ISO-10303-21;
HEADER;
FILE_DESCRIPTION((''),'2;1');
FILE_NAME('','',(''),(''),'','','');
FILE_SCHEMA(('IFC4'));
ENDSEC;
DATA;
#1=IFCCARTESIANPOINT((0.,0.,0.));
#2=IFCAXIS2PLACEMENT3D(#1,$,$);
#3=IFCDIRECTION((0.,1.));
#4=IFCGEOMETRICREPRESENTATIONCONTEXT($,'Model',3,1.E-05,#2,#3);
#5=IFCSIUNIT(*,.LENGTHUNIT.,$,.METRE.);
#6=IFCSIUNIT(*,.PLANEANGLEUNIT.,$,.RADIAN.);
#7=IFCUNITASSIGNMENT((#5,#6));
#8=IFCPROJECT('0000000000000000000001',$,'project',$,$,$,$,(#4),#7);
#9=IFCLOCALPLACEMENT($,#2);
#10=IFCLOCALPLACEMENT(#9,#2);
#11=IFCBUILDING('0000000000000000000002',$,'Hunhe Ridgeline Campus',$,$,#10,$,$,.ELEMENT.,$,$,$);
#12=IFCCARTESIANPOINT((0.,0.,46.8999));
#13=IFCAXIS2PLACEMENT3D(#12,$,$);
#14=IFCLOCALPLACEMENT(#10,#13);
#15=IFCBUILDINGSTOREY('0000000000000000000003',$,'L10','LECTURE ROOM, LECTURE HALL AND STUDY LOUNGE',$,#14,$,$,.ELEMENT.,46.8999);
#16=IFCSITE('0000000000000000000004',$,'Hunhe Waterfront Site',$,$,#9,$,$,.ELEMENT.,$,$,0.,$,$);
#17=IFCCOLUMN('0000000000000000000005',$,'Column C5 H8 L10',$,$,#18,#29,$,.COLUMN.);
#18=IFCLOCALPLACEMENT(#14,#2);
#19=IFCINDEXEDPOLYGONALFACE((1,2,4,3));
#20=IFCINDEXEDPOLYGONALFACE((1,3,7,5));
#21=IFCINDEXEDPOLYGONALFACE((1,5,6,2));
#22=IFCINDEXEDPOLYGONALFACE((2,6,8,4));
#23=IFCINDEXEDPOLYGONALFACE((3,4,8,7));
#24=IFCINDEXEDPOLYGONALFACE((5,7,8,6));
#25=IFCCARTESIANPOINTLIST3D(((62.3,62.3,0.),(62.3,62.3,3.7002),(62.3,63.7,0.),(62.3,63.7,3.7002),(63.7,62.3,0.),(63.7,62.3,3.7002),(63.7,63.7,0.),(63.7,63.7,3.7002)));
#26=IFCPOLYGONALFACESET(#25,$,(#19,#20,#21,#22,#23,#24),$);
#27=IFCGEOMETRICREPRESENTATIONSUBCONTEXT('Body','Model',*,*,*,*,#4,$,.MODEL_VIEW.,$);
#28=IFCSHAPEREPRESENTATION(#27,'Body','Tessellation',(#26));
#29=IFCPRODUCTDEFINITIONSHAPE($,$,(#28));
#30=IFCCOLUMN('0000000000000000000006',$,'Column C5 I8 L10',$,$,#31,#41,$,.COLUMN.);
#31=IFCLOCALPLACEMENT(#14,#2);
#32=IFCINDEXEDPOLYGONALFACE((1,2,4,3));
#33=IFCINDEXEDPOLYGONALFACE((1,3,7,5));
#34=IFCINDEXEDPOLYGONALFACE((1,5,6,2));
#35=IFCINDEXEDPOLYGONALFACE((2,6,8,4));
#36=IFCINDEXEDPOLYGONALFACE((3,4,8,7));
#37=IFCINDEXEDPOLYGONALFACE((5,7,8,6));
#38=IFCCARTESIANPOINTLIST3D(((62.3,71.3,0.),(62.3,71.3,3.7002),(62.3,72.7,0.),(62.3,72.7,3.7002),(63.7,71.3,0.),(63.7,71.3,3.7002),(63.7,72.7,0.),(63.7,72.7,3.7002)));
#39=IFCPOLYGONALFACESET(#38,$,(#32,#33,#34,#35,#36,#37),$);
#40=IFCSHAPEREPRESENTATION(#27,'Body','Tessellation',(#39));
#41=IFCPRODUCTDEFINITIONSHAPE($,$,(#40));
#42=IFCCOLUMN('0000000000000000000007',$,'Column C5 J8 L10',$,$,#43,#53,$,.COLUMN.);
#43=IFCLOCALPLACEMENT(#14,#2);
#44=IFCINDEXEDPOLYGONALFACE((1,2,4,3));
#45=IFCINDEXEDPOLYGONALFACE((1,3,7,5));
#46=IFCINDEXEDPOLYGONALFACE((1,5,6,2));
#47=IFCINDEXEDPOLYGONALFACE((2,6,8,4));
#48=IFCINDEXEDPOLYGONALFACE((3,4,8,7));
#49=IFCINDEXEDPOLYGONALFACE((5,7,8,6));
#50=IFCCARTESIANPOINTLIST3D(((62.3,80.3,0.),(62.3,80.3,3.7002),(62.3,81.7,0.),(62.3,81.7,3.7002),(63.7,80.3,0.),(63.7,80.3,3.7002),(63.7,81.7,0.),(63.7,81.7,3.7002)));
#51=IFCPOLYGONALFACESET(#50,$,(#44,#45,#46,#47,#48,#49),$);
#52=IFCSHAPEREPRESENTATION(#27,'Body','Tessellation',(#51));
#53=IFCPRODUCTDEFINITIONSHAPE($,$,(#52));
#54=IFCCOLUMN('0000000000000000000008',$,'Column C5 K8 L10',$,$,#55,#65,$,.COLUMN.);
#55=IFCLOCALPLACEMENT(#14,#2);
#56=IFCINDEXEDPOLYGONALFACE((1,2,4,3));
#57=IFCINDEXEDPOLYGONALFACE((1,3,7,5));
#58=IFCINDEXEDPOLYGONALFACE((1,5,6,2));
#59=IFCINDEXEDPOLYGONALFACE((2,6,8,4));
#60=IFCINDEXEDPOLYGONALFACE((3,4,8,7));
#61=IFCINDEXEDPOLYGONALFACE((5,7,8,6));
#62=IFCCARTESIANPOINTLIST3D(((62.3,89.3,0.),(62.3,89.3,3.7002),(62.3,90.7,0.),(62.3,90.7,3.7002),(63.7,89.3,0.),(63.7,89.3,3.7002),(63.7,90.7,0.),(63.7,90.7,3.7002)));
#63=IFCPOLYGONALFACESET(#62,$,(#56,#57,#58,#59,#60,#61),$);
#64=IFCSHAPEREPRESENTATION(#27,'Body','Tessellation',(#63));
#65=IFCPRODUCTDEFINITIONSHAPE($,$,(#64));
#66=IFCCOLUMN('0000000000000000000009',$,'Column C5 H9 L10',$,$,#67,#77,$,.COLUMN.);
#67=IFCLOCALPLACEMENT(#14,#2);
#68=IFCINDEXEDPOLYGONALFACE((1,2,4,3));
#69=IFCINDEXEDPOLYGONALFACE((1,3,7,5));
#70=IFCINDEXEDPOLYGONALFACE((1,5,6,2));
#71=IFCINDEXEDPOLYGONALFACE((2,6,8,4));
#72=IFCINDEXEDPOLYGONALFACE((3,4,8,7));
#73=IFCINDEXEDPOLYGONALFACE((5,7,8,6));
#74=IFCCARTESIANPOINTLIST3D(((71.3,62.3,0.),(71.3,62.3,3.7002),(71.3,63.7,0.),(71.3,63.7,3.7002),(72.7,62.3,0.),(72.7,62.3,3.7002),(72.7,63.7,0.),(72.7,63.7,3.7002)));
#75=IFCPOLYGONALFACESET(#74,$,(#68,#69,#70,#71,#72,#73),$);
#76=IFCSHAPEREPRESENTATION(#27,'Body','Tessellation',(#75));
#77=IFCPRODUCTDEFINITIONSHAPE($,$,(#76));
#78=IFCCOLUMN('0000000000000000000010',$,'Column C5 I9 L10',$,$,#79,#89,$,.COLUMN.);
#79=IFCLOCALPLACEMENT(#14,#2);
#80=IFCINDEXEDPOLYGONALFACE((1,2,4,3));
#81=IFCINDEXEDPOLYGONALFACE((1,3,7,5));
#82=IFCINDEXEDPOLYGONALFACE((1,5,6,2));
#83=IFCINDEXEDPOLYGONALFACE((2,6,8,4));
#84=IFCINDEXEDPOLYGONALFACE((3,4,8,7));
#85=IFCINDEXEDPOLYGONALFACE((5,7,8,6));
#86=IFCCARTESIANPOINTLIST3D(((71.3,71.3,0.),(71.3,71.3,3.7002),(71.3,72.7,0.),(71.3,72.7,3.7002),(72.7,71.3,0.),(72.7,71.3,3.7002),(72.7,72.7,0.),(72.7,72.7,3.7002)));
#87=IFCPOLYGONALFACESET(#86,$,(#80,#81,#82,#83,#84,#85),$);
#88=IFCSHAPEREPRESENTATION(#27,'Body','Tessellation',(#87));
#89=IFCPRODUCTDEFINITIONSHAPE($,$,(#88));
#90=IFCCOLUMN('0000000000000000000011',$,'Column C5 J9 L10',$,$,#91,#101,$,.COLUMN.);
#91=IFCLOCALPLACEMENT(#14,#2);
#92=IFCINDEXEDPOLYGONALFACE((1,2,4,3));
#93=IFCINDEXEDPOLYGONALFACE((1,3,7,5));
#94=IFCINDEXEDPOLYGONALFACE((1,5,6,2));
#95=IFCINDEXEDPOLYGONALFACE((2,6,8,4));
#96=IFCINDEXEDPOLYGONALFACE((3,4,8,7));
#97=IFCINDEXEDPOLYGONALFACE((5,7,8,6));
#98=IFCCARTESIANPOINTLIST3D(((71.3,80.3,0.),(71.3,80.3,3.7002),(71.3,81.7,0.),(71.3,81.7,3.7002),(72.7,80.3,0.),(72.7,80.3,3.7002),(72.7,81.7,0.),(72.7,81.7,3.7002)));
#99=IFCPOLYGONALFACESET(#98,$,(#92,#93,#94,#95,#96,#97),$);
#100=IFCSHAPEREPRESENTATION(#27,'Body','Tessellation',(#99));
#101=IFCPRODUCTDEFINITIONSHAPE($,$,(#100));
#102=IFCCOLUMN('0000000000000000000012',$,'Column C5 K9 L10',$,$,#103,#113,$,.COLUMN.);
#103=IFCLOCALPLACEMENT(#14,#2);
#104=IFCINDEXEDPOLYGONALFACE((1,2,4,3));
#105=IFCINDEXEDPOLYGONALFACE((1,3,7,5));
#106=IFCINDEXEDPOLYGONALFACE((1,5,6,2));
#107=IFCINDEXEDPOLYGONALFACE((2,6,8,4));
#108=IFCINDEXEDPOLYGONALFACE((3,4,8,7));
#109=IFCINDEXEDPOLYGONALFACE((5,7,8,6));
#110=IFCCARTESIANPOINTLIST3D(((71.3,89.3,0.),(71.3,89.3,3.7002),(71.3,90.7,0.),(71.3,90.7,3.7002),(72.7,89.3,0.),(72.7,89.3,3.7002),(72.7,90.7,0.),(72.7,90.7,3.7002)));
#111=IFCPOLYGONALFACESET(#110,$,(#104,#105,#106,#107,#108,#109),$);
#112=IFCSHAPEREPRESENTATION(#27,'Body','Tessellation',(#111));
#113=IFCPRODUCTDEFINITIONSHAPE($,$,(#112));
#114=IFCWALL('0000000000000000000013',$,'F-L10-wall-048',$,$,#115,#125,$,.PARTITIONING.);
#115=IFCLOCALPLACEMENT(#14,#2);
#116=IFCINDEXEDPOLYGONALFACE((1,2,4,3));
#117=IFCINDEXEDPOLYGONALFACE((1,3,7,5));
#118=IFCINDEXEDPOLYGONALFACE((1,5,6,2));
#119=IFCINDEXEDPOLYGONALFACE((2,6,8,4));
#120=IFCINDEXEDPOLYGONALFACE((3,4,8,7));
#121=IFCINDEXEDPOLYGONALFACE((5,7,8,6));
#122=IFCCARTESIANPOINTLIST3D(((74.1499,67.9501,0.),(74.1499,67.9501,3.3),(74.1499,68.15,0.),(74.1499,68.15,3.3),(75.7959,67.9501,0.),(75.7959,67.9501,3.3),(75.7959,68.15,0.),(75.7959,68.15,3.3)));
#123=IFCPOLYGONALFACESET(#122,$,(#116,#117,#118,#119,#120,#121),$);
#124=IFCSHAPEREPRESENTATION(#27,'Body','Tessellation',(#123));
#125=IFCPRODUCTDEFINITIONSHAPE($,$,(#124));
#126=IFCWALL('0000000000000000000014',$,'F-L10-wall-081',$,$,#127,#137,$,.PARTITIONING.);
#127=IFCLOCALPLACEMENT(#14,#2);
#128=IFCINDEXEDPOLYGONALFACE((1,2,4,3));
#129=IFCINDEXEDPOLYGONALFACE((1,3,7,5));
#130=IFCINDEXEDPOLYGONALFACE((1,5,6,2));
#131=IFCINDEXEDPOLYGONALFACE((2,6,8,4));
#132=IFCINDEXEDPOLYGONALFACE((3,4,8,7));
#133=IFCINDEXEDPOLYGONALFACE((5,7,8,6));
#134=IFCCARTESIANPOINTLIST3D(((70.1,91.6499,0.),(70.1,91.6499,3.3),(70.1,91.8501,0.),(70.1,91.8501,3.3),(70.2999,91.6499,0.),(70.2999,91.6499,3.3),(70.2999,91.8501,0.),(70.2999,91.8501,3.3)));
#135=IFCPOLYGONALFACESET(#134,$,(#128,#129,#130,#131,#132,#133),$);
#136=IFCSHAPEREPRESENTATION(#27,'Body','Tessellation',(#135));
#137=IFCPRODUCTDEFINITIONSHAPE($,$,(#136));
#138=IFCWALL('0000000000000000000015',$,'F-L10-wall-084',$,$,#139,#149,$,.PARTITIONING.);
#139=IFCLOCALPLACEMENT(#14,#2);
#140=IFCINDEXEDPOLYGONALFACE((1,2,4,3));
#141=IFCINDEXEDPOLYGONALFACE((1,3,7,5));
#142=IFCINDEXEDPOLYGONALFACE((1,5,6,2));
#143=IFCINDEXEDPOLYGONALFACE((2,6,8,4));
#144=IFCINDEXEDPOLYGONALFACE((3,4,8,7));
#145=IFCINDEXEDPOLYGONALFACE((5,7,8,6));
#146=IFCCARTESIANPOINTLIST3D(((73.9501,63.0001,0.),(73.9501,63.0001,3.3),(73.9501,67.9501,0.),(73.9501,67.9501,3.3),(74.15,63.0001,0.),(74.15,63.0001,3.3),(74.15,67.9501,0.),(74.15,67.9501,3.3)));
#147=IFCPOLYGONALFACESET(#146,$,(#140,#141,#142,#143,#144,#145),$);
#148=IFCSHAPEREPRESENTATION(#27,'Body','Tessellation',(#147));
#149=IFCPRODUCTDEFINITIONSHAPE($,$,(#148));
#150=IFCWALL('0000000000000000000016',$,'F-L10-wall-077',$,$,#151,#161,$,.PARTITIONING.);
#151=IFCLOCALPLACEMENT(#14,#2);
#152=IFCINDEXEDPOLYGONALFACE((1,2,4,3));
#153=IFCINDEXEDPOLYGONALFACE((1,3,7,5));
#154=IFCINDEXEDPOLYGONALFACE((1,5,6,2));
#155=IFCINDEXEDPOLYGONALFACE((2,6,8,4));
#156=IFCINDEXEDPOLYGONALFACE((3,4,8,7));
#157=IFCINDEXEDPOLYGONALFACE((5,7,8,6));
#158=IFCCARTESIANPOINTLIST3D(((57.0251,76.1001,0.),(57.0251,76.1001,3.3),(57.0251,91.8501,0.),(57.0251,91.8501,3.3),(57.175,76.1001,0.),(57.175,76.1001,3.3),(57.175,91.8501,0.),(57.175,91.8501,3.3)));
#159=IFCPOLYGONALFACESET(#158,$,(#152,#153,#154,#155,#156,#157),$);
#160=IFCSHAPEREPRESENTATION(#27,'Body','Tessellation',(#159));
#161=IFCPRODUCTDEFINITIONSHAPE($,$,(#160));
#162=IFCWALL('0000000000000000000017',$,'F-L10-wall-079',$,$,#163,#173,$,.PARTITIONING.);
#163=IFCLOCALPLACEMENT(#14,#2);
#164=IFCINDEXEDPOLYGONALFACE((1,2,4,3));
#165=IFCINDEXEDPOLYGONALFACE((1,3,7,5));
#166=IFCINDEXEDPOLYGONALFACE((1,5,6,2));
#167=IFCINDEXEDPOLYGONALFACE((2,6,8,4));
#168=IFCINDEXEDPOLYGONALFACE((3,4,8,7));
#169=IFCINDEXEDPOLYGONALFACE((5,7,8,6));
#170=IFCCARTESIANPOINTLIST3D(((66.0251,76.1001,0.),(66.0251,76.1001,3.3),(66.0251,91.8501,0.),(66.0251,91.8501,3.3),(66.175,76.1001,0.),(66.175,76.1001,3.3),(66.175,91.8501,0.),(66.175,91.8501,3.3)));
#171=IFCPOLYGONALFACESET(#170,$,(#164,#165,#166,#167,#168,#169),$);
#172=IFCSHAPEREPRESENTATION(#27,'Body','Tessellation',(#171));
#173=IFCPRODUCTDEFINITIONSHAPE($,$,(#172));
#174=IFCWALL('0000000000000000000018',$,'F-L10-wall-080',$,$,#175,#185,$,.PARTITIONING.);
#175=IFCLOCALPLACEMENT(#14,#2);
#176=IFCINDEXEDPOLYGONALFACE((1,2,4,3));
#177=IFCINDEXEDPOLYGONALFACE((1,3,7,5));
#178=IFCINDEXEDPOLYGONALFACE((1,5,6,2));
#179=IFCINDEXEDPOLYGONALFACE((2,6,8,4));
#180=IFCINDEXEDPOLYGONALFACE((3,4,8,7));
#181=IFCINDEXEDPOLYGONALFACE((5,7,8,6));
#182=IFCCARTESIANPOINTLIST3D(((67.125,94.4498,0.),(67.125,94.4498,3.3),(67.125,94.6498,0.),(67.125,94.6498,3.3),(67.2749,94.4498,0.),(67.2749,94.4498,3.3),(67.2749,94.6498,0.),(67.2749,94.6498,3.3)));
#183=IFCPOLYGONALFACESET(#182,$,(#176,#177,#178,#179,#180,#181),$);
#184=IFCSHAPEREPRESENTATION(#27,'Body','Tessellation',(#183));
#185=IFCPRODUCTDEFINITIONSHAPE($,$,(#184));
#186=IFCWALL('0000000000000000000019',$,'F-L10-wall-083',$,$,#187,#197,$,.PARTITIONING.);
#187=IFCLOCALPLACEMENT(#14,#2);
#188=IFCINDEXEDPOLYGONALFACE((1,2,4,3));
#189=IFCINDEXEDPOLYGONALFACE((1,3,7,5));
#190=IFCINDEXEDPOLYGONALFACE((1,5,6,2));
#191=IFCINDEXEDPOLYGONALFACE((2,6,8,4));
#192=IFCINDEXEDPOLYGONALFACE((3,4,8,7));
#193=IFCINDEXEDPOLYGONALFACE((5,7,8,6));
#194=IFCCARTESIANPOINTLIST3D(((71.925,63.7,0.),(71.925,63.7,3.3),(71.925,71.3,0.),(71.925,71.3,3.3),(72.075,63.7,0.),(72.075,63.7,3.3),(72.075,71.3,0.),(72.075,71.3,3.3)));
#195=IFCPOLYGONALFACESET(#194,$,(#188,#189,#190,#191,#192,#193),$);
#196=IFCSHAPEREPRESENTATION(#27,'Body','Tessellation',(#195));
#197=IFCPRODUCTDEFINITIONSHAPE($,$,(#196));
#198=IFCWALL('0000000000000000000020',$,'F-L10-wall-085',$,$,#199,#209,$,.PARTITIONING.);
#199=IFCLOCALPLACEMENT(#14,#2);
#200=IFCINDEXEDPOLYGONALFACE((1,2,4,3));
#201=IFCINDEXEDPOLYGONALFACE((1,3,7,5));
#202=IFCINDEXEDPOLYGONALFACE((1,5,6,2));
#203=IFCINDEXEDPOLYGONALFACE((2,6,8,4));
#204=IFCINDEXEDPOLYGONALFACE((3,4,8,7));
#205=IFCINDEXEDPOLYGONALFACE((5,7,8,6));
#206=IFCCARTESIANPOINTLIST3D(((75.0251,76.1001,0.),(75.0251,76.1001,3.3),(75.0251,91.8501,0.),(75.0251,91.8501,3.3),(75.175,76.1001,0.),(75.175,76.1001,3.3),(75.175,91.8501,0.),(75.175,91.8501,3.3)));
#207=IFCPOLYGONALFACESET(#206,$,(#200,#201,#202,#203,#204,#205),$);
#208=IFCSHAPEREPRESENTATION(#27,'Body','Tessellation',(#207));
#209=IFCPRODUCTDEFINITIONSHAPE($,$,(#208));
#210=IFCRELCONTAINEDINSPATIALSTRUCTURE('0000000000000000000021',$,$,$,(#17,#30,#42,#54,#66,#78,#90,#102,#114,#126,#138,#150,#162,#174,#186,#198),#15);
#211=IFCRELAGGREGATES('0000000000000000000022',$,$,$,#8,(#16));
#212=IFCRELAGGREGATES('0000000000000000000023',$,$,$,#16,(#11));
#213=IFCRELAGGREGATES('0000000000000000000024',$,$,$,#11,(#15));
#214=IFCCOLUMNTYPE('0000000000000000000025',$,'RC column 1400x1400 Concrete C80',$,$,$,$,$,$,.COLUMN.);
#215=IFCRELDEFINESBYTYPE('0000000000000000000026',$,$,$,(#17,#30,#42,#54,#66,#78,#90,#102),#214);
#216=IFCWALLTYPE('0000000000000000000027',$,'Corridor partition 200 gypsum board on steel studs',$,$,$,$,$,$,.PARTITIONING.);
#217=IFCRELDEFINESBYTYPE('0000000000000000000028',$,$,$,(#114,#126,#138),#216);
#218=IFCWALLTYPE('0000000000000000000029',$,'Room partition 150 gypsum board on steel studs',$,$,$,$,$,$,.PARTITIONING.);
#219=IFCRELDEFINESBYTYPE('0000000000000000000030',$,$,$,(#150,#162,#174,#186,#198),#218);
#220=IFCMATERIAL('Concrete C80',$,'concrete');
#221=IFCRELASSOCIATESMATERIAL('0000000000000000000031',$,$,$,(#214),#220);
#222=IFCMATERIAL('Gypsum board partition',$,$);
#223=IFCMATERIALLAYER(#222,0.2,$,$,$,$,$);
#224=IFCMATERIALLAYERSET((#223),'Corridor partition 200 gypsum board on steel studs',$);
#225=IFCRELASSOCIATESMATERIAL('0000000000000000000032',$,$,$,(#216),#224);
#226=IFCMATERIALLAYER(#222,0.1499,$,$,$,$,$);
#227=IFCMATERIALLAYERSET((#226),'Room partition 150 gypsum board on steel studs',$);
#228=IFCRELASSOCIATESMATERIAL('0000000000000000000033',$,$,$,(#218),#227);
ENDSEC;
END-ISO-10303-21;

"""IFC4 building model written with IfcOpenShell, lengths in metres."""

from ifc_helpers import new_model, si_unit, direction, frame, frame_2d, origin, origin_2d, place, context, subcontext, project, spatial, rectangle, extrude, material, layer, layer_set, material_profile, profile_set, type_object, element, save


model = new_model("IFC4")

# Units and contexts
model_context = context("Model", 3, precision=1e-05, world=origin(), true_north=direction((0.0, 1.0)))
body_context = subcontext(model_context, "Body", "Model", "MODEL_VIEW")
ifc_project = project(units=[si_unit("LENGTHUNIT", "METRE"), si_unit("PLANEANGLEUNIT", "RADIAN")], contexts=[model_context])

# Site, building, storey
site_placement = place(None, origin())
site = spatial("IfcSite", under=ifc_project, at=site_placement, Name="Hunhe Waterfront Site", CompositionType="ELEMENT", RefElevation=0.0)
building_placement = place(site_placement, origin())
building = spatial("IfcBuilding", under=site, at=building_placement, Name="Hunhe Ridgeline Campus", CompositionType="ELEMENT")
storey_placement = place(building_placement, frame((0.0, 0.0, 46.8999)))
storey = spatial("IfcBuildingStorey", under=building, at=storey_placement, Name="L10", Description="LECTURE ROOM, LECTURE HALL AND STUDY LOUNGE", CompositionType="ELEMENT", Elevation=46.8999)

# Columns
ifc_material_1 = material(Name="Concrete C80", Category="concrete")
ifc_material_profile = material_profile(ifc_material_1, rectangle(XDim=1.3999, YDim=1.3999, at=origin_2d()))
ifc_profile_set = profile_set([ifc_material_profile], Name="Concrete C80")
column_type = type_object("IfcColumnType", Name="RC column 1400x1400 Concrete C80", PredefinedType="COLUMN", material=ifc_profile_set)
for number, where, z_axis, x_axis, name in (
    (1, (63.0, 63.0, 0.0), (0.0, 0.0, 1.0), (1.0, 0.0, 0.0), "Column C5 H8 L10"),
    (2, (63.0, 72.0, 0.0), (0.0, 0.0, 1.0), (1.0, 0.0, 0.0), "Column C5 I8 L10"),
    (3, (63.0, 81.0, 0.0), (0.0, 0.0, 1.0), (1.0, 0.0, 0.0), "Column C5 J8 L10"),
    (4, (63.0, 90.0, 0.0), (0.0, 0.0, 1.0), (1.0, 0.0, 0.0), "Column C5 K8 L10"),
    (5, (72.0, 63.0, 0.0), (0.0, 0.0, 1.0), (1.0, 0.0, 0.0), "Column C5 H9 L10"),
    (6, (72.0, 72.0, 0.0), (0.0, 0.0, 1.0), (1.0, 0.0, 0.0), "Column C5 I9 L10"),
    (7, (72.0, 81.0, 0.0), (0.0, 0.0, 1.0), (1.0, 0.0, 0.0), "Column C5 J9 L10"),
    (8, (72.0, 90.0, 0.0), (0.0, 0.0, 1.0), (1.0, 0.0, 0.0), "Column C5 K9 L10"),
):
    element("IfcColumn", number, at=place(storey_placement, frame(where, z_axis=z_axis, x_axis=x_axis)), inside=storey, type_object=column_type, Name=name, PredefinedType="COLUMN", context=body_context, shape_type="SweptSolid", body=[
        extrude(rectangle(XDim=1.3999, YDim=1.3999, at=origin_2d()), origin(), (0.0, 0.0, 1.0), 3.7002),
    ])

# Wall
ifc_material_2 = material(Name="Gypsum board partition")
ifc_layer_1 = layer(ifc_material_2, 0.2)
ifc_layer_set_1 = layer_set([ifc_layer_1], Name="Corridor partition 200 gypsum board on steel studs")
wall_type_1 = type_object("IfcWallType", Name="Corridor partition 200 gypsum board on steel studs", PredefinedType="PARTITIONING", material=ifc_layer_set_1)
wall_1_placement = place(storey_placement, frame((74.1499, 68.05, 0.0), z_axis=(0.0, 0.0, 1.0), x_axis=(1.0, 0.0, 0.0)))
element("IfcWall", 9, at=wall_1_placement, inside=storey, type_object=wall_type_1, Name="F-L10-wall-048", PredefinedType="PARTITIONING", context=body_context, shape_type="SweptSolid", body=[
    extrude(rectangle(XDim=1.646, YDim=0.2, at=frame_2d((0.823, 0.0))), origin(), (0.0, 0.0, 1.0), 3.3),
])

# Walls
wall_2_placement = place(storey_placement, frame((70.2, 91.8501, 0.0), z_axis=(0.0, 0.0, 1.0), x_axis=(0.0, -1.0, 0.0)))
element("IfcWall", 10, at=wall_2_placement, inside=storey, type_object=wall_type_1, Name="F-L10-wall-081", PredefinedType="PARTITIONING", context=body_context, shape_type="SweptSolid", body=[
    extrude(rectangle(XDim=0.2002, YDim=0.2, at=frame_2d((0.1001, 0.0))), origin(), (0.0, 0.0, 1.0), 3.3),
])
wall_3_placement = place(storey_placement, frame((74.05, 63.0, 0.0), z_axis=(0.0, 0.0, 1.0), x_axis=(0.0, 1.0, 0.0)))
element("IfcWall", 11, at=wall_3_placement, inside=storey, type_object=wall_type_1, Name="F-L10-wall-084", PredefinedType="PARTITIONING", context=body_context, shape_type="SweptSolid", body=[
    extrude(rectangle(XDim=4.95, YDim=0.2, at=frame_2d((2.4751, 0.0))), origin(), (0.0, 0.0, 1.0), 3.3),
])
ifc_layer_2 = layer(ifc_material_2, 0.1499)
ifc_layer_set_2 = layer_set([ifc_layer_2], Name="Room partition 150 gypsum board on steel studs")
wall_type_2 = type_object("IfcWallType", Name="Room partition 150 gypsum board on steel studs", PredefinedType="PARTITIONING", material=ifc_layer_set_2)
for number, where, z_axis, x_axis, name in (
    (12, (57.1001, 91.8501, 0.0), (0.0, 0.0, 1.0), (0.0, -1.0, 0.0), "F-L10-wall-077"),
    (13, (66.1001, 91.8501, 0.0), (0.0, 0.0, 1.0), (0.0, -1.0, 0.0), "F-L10-wall-079"),
):
    element("IfcWall", number, at=place(storey_placement, frame(where, z_axis=z_axis, x_axis=x_axis)), inside=storey, type_object=wall_type_2, Name=name, PredefinedType="PARTITIONING", context=body_context, shape_type="SweptSolid", body=[
        extrude(rectangle(XDim=15.75, YDim=0.1499, at=frame_2d((7.875, 0.0))), origin(), (0.0, 0.0, 1.0), 3.3),
    ])
wall_4_placement = place(storey_placement, frame((67.2, 94.6499, 0.0), z_axis=(0.0, 0.0, 1.0), x_axis=(0.0, -1.0, 0.0)))
element("IfcWall", 14, at=wall_4_placement, inside=storey, type_object=wall_type_2, Name="F-L10-wall-080", PredefinedType="PARTITIONING", context=body_context, shape_type="SweptSolid", body=[
    extrude(rectangle(XDim=0.2, YDim=0.1499, at=frame_2d((0.1001, 0.0))), origin(), (0.0, 0.0, 1.0), 3.3),
])
wall_5_placement = place(storey_placement, frame((72.0, 71.3, 0.0), z_axis=(0.0, 0.0, 1.0), x_axis=(0.0, -1.0, 0.0)))
element("IfcWall", 15, at=wall_5_placement, inside=storey, type_object=wall_type_2, Name="F-L10-wall-083", PredefinedType="PARTITIONING", context=body_context, shape_type="SweptSolid", body=[
    extrude(rectangle(XDim=7.6001, YDim=0.1499, at=frame_2d((3.8, 0.0))), origin(), (0.0, 0.0, 1.0), 3.3),
])
wall_6_placement = place(storey_placement, frame((75.1001, 91.8501, 0.0), z_axis=(0.0, 0.0, 1.0), x_axis=(0.0, -1.0, 0.0)))
element("IfcWall", 16, at=wall_6_placement, inside=storey, type_object=wall_type_2, Name="F-L10-wall-085", PredefinedType="PARTITIONING", context=body_context, shape_type="SweptSolid", body=[
    extrude(rectangle(XDim=15.75, YDim=0.1499, at=frame_2d((7.875, 0.0))), origin(), (0.0, 0.0, 1.0), 3.3),
])

save(model, "model.ifc")
